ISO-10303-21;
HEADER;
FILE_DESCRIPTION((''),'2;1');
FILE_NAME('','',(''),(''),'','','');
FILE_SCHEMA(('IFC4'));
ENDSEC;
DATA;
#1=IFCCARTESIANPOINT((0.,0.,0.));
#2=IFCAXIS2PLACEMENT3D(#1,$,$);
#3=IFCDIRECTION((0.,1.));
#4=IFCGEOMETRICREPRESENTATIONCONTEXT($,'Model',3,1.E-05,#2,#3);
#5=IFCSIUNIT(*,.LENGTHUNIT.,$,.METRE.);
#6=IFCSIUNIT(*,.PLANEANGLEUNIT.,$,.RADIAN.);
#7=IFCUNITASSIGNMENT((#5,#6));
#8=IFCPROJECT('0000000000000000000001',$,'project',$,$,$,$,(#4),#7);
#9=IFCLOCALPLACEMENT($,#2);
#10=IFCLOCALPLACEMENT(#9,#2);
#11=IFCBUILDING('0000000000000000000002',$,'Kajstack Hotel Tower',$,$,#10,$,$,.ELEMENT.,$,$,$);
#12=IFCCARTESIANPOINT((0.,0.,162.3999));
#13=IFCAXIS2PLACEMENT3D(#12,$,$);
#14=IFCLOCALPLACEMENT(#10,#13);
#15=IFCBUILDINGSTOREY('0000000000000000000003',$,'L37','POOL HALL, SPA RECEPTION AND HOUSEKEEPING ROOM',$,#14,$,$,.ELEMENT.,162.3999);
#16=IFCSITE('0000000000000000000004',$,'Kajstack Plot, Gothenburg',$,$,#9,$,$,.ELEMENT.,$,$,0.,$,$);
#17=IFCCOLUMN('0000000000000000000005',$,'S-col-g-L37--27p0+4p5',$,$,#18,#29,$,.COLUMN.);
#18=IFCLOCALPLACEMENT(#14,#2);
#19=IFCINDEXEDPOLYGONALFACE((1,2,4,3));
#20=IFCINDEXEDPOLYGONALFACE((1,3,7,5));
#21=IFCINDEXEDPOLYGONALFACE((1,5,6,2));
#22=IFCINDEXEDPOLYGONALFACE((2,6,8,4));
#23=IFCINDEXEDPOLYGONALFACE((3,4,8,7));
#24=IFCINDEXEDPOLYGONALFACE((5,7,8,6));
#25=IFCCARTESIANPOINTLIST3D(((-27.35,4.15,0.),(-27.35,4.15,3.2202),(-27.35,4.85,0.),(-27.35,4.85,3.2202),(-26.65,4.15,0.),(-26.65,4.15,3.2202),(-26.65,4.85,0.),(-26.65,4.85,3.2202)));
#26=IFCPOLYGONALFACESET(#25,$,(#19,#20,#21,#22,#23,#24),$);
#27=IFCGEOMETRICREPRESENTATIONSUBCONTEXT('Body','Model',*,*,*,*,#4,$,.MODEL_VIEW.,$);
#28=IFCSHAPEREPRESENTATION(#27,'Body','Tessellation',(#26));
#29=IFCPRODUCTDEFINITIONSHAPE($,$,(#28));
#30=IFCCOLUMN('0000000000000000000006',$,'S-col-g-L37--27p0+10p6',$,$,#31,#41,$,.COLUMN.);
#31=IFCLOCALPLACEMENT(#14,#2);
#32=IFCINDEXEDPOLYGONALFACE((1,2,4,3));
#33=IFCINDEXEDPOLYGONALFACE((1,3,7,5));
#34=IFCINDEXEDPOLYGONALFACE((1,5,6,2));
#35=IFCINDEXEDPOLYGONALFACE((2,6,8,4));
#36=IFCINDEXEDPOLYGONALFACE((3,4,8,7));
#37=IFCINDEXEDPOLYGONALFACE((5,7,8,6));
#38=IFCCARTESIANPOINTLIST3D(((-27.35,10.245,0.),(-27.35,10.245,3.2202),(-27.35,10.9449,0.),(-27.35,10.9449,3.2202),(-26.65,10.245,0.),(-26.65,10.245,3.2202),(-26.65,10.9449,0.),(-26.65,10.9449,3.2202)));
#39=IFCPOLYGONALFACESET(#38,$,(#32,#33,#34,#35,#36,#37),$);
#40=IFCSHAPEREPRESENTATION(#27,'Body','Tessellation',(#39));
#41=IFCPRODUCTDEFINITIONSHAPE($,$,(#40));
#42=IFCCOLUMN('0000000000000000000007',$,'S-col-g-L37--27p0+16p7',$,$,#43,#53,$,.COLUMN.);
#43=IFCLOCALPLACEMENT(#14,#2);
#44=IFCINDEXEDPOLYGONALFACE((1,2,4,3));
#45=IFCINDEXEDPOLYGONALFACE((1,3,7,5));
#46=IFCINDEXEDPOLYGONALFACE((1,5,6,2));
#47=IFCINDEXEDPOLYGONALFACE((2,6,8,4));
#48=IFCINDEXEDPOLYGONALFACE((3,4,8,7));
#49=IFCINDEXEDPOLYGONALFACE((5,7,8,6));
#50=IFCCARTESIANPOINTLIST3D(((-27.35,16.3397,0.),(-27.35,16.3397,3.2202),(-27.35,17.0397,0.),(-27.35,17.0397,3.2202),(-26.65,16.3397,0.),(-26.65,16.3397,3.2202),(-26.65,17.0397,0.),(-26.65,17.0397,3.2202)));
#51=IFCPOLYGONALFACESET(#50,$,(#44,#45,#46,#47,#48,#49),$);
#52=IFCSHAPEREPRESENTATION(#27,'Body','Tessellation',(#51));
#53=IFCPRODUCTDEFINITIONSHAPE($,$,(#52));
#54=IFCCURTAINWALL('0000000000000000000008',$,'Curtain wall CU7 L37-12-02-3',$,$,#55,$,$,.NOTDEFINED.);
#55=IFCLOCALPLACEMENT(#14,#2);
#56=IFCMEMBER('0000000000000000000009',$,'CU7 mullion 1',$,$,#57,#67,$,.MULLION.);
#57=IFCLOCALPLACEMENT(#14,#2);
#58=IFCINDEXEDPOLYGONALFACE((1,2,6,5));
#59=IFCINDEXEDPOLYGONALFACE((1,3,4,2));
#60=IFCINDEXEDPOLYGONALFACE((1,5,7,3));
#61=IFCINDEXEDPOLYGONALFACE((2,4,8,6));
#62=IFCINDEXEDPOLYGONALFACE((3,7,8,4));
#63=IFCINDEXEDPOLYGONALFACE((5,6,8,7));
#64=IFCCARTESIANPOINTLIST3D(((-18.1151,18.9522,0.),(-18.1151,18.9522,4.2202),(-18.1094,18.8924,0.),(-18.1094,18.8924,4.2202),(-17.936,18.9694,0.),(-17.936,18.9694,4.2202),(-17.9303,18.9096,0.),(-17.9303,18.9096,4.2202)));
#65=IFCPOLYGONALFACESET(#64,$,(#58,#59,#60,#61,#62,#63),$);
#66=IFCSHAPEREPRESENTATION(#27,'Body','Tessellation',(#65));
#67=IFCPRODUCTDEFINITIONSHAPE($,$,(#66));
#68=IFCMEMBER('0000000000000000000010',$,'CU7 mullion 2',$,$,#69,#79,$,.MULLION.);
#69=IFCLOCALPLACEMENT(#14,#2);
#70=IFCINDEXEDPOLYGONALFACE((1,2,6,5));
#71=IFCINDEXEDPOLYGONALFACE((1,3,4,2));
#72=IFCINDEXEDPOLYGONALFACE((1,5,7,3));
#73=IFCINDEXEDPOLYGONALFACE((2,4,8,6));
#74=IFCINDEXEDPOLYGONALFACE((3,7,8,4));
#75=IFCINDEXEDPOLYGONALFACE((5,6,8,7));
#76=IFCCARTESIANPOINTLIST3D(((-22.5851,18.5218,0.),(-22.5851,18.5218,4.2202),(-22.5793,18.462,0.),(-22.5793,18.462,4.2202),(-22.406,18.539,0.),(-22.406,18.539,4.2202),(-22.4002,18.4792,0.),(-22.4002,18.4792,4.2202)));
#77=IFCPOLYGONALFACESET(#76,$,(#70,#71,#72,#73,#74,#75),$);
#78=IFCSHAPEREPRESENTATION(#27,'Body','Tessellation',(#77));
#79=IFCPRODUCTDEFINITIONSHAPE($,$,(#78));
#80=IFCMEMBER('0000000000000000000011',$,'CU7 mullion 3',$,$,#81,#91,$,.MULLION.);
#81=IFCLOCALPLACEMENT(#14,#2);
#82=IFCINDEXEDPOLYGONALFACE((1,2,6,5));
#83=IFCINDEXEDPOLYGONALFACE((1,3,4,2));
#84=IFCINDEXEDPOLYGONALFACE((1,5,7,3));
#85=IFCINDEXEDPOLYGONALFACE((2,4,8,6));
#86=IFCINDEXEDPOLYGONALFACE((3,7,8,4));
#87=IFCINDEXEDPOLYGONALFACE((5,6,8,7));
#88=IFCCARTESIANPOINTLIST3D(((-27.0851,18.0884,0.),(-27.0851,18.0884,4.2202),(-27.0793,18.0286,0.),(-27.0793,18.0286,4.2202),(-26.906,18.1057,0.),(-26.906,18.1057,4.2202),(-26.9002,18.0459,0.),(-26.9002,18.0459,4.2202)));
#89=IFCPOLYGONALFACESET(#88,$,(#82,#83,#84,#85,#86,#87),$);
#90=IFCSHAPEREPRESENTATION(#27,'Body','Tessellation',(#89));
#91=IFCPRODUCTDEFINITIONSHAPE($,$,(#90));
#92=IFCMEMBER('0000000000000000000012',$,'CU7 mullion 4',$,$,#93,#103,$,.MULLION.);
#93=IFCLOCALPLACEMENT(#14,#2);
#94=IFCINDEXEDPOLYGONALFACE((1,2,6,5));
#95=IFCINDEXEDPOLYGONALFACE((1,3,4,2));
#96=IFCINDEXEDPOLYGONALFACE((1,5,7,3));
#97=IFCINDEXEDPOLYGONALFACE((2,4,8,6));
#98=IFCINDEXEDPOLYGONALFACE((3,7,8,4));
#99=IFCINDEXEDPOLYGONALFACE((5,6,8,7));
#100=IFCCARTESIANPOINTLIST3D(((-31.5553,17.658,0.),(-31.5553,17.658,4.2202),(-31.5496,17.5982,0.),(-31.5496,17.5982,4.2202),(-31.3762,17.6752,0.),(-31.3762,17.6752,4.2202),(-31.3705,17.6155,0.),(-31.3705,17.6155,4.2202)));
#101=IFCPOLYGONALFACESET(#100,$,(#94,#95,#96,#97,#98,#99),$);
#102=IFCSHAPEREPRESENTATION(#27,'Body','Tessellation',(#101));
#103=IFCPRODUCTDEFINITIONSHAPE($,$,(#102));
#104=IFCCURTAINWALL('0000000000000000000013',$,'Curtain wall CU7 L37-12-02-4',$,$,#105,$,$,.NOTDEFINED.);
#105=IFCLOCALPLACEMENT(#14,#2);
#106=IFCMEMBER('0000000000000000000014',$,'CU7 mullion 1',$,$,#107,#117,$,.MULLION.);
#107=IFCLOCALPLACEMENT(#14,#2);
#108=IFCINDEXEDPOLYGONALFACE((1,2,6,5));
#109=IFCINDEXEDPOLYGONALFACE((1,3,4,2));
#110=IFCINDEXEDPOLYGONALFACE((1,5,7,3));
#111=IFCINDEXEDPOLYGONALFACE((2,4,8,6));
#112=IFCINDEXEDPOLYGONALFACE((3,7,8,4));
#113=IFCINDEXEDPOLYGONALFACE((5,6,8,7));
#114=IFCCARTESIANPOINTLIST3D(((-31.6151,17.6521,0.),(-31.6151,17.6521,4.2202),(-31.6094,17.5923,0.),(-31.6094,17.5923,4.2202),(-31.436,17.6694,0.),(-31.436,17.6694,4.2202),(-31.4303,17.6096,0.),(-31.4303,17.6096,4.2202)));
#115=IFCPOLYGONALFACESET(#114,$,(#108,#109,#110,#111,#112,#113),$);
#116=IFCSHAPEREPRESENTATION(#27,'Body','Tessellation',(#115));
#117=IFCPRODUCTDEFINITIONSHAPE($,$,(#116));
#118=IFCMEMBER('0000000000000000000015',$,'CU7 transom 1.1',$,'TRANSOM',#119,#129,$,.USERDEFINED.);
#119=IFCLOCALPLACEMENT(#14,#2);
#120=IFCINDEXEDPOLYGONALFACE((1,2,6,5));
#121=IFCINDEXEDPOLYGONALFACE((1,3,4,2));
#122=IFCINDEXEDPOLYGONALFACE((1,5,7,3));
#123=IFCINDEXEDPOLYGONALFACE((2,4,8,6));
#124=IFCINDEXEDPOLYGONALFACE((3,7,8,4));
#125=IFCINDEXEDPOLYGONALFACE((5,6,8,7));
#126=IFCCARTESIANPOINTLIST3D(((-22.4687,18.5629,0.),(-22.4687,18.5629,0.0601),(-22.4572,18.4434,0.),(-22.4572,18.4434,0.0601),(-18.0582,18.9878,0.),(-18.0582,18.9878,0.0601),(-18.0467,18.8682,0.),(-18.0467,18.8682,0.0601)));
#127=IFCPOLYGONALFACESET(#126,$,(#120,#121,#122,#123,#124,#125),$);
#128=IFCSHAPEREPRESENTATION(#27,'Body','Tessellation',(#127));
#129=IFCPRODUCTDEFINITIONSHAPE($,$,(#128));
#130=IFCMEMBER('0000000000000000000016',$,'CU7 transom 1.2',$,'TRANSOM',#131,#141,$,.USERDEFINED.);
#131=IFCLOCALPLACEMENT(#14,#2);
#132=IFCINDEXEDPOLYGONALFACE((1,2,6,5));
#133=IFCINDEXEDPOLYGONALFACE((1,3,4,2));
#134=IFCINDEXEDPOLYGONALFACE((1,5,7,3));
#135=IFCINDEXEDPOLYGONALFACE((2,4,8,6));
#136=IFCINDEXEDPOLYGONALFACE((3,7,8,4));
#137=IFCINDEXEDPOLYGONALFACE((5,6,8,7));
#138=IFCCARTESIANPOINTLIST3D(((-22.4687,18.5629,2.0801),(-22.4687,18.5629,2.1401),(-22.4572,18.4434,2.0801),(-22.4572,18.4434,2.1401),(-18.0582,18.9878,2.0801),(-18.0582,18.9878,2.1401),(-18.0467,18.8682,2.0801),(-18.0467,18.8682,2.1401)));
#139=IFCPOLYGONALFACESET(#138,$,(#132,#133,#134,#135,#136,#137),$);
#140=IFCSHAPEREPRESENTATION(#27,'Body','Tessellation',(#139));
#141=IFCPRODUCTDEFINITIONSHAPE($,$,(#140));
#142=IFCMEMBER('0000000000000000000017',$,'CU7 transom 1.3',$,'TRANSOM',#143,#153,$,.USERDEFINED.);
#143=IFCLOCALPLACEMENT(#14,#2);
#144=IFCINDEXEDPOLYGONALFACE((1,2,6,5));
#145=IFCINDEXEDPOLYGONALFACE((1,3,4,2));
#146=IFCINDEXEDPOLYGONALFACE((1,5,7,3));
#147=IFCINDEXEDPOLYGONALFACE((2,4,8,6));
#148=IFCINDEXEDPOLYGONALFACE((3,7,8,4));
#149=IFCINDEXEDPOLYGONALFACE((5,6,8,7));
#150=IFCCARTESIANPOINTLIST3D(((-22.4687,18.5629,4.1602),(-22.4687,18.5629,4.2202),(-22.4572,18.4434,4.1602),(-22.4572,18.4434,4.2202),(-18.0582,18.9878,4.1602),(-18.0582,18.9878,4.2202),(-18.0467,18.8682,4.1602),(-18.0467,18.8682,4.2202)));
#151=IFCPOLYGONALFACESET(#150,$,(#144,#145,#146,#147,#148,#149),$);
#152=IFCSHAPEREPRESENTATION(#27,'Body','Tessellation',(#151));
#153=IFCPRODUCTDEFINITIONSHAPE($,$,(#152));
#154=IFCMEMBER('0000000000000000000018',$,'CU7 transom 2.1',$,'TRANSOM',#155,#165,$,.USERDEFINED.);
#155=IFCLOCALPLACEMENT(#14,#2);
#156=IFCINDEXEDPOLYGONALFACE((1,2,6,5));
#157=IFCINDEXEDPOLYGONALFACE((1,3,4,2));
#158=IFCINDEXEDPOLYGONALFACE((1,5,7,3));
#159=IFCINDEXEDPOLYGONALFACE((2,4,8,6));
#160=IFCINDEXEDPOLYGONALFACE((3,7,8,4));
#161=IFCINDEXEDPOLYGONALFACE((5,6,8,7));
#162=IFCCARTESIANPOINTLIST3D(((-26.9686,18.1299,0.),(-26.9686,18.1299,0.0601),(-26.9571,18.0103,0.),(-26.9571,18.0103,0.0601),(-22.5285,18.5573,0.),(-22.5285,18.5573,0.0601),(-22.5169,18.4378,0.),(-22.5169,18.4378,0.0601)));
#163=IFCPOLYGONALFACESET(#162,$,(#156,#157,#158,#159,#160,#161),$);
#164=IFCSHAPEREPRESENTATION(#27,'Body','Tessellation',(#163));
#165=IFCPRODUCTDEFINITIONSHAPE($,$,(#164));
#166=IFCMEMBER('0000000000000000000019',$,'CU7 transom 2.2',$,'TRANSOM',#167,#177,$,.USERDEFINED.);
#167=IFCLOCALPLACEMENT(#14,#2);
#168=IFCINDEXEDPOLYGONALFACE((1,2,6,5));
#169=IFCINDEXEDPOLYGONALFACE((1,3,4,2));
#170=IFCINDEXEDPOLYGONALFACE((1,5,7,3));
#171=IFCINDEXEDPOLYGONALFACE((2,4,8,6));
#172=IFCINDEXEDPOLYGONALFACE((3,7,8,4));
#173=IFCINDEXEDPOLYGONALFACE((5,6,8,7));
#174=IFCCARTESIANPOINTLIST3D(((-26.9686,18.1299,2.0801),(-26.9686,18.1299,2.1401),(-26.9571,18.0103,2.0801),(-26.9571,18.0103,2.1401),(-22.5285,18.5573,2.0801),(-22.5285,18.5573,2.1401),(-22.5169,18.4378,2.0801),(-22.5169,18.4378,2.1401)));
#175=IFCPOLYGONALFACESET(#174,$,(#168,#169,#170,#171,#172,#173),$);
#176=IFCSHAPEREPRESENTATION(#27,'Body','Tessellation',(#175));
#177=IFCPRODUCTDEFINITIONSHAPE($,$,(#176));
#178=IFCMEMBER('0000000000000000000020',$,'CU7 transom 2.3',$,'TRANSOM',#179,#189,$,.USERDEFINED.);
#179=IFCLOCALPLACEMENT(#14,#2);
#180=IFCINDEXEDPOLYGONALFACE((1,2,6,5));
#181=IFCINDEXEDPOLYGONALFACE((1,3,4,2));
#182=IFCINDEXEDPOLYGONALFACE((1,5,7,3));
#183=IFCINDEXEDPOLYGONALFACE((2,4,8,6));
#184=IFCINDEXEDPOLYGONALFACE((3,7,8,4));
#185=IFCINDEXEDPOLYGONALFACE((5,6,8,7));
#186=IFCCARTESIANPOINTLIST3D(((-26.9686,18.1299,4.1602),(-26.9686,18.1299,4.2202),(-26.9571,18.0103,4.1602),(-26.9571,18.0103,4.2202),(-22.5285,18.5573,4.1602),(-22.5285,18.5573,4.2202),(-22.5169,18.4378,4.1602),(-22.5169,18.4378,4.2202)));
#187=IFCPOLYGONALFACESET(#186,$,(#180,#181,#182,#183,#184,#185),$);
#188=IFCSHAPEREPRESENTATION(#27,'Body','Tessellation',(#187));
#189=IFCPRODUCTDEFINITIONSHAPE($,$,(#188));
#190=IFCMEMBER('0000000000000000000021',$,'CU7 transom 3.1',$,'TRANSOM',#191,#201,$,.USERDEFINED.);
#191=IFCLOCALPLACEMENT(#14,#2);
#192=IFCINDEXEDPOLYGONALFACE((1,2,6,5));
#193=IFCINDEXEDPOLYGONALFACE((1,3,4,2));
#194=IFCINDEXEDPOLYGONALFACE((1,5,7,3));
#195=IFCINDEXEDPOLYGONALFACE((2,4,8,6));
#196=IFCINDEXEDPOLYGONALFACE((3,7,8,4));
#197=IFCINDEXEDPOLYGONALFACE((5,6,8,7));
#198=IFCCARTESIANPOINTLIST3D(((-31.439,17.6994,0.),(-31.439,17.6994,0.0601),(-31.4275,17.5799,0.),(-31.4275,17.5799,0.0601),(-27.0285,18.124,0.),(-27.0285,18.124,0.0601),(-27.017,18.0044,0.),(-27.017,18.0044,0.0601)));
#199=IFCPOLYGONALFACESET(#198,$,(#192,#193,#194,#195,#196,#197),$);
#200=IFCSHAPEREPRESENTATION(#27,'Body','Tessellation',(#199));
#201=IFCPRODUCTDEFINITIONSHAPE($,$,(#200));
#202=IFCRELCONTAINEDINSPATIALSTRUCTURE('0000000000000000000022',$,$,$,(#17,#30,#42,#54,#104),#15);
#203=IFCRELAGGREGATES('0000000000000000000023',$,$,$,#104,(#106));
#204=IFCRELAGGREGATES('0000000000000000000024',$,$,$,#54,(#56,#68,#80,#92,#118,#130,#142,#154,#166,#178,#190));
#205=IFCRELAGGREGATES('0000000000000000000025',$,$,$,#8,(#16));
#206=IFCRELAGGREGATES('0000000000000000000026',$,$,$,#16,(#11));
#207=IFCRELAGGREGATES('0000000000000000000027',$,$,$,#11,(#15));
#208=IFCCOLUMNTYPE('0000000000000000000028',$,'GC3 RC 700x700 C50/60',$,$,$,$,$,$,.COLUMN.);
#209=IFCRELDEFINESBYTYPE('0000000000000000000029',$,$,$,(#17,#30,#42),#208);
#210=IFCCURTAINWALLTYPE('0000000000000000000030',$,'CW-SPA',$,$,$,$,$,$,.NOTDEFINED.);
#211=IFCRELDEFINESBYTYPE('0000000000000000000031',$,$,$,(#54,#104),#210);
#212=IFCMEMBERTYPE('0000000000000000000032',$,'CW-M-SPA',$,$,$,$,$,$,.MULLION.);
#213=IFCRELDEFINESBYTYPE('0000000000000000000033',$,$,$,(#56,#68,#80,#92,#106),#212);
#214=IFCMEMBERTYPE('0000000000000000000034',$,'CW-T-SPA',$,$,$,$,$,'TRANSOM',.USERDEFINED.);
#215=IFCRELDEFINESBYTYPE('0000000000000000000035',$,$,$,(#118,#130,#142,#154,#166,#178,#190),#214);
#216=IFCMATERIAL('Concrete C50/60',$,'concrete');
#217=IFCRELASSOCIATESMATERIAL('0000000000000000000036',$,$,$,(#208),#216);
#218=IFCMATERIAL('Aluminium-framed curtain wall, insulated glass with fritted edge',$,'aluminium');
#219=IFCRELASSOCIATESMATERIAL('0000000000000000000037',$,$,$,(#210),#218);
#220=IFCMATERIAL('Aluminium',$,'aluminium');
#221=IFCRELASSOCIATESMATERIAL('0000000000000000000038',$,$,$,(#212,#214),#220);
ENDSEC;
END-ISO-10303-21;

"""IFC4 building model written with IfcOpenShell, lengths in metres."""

from ifc_helpers import new_model, si_unit, direction, frame, origin, origin_2d, place, context, subcontext, project, spatial, rectangle, extrude, material, material_profile, profile_set, type_object, element, aggregate, save


model = new_model("IFC4")

# Units and contexts
model_context = context("Model", 3, precision=1e-05, world=origin(), true_north=direction((0.0, 1.0)))
body_context = subcontext(model_context, "Body", "Model", "MODEL_VIEW")
ifc_project = project(units=[si_unit("LENGTHUNIT", "METRE"), si_unit("PLANEANGLEUNIT", "RADIAN")], contexts=[model_context])

# Site, building, storey
site_placement = place(None, origin())
site = spatial("IfcSite", under=ifc_project, at=site_placement, Name="Kajstack Plot, Gothenburg", CompositionType="ELEMENT", RefElevation=0.0)
building_placement = place(site_placement, origin())
building = spatial("IfcBuilding", under=site, at=building_placement, Name="Kajstack Hotel Tower", CompositionType="ELEMENT")
storey_placement = place(building_placement, frame((0.0, 0.0, 162.3999)))
storey = spatial("IfcBuildingStorey", under=building, at=storey_placement, Name="L37", Description="POOL HALL, SPA RECEPTION AND HOUSEKEEPING ROOM", CompositionType="ELEMENT", Elevation=162.3999)

# Columns
ifc_material_1 = material(Name="Concrete C50/60", Category="concrete")
ifc_material_profile_1 = material_profile(ifc_material_1, rectangle(XDim=0.7, YDim=0.7, at=origin_2d()), Name="RC 700x700")
ifc_profile_set_1 = profile_set([ifc_material_profile_1], Name="Concrete C50/60")
column_type = type_object("IfcColumnType", Name="GC3 RC 700x700 C50/60", PredefinedType="COLUMN", material=ifc_profile_set_1)
for number, where, z_axis, x_axis, name in (
    (1, (-27.0, 4.5, 0.0), (0.0, 0.0, 1.0), (1.0, 0.0, 0.0), "S-col-g-L37--27p0+4p5"),
    (2, (-27.0, 10.595, 0.0), (0.0, 0.0, 1.0), (1.0, 0.0, 0.0), "S-col-g-L37--27p0+10p6"),
    (3, (-27.0, 16.6897, 0.0), (0.0, 0.0, 1.0), (1.0, 0.0, 0.0), "S-col-g-L37--27p0+16p7"),
):
    element("IfcColumn", number, at=place(storey_placement, frame(where, z_axis=z_axis, x_axis=x_axis)), inside=storey, type_object=column_type, Name=name, PredefinedType="COLUMN", context=body_context, shape_type="SweptSolid", body=[
        extrude(rectangle(XDim=0.7, YDim=0.7, at=origin_2d()), origin(), (0.0, 0.0, 1.0), 3.2202),
    ])

# Curtain wall, members
ifc_material_2 = material(Name="Aluminium-framed curtain wall, insulated glass with fritted edge", Category="aluminium")
curtain_wall_type = type_object("IfcCurtainWallType", Name="CW-SPA", PredefinedType="NOTDEFINED", material=ifc_material_2)
curtain_wall_1_placement = place(storey_placement, origin())
curtain_wall_1 = element("IfcCurtainWall", 4, at=curtain_wall_1_placement, inside=storey, type_object=curtain_wall_type, Name="Curtain wall CU7 L37-12-02-3", PredefinedType="NOTDEFINED")
ifc_material_3 = material(Name="Aluminium", Category="aluminium")
ifc_material_profile_2 = material_profile(ifc_material_3, rectangle(XDim=0.0601, YDim=0.1799, at=origin_2d()), Name="Aluminium mullion 60 x 180")
ifc_profile_set_2 = profile_set([ifc_material_profile_2], Name="Aluminium")
member_type_1 = type_object("IfcMemberType", Name="CW-M-SPA", PredefinedType="MULLION", material=ifc_profile_set_2)
member_1_placement = place(storey_placement, frame((-18.0227, 18.9309, 0.0), z_axis=(0.0, 0.0, 1.0), x_axis=(0.095845, -0.995396, 0.0)))
member_1 = element("IfcMember", 5, at=member_1_placement, type_object=member_type_1, Name="CU7 mullion 1", PredefinedType="MULLION", context=body_context, shape_type="SweptSolid", body=[
    extrude(rectangle(XDim=0.0601, YDim=0.1799, at=origin_2d()), origin(), (0.0, 0.0, 1.0), 4.2202),
])
member_2_placement = place(storey_placement, frame((-22.4927, 18.5005, 0.0), z_axis=(0.0, 0.0, 1.0), x_axis=(0.095845, -0.995396, 0.0)))
member_2 = element("IfcMember", 6, at=member_2_placement, type_object=member_type_1, Name="CU7 mullion 2", PredefinedType="MULLION", context=body_context, shape_type="SweptSolid", body=[
    extrude(rectangle(XDim=0.0601, YDim=0.1799, at=origin_2d()), origin(), (0.0, 0.0, 1.0), 4.2202),
])
member_3_placement = place(storey_placement, frame((-26.9927, 18.0671, 0.0), z_axis=(0.0, 0.0, 1.0), x_axis=(0.095845, -0.995396, 0.0)))
member_3 = element("IfcMember", 7, at=member_3_placement, type_object=member_type_1, Name="CU7 mullion 3", PredefinedType="MULLION", context=body_context, shape_type="SweptSolid", body=[
    extrude(rectangle(XDim=0.0601, YDim=0.1799, at=origin_2d()), origin(), (0.0, 0.0, 1.0), 4.2202),
])
member_4_placement = place(storey_placement, frame((-31.4629, 17.6367, 0.0), z_axis=(0.0, 0.0, 1.0), x_axis=(0.095845, -0.995396, 0.0)))
member_4 = element("IfcMember", 8, at=member_4_placement, type_object=member_type_1, Name="CU7 mullion 4", PredefinedType="MULLION", context=body_context, shape_type="SweptSolid", body=[
    extrude(rectangle(XDim=0.0601, YDim=0.1799, at=origin_2d()), origin(), (0.0, 0.0, 1.0), 4.2202),
])

# Curtain wall, member
curtain_wall_2_placement = place(storey_placement, origin())
curtain_wall_2 = element("IfcCurtainWall", 9, at=curtain_wall_2_placement, inside=storey, type_object=curtain_wall_type, Name="Curtain wall CU7 L37-12-02-4", PredefinedType="NOTDEFINED")
member_5_placement = place(storey_placement, frame((-31.5227, 17.6309, 0.0), z_axis=(0.0, 0.0, 1.0), x_axis=(0.095845, -0.995396, 0.0)))
member_5 = element("IfcMember", 10, at=member_5_placement, type_object=member_type_1, Name="CU7 mullion 1", PredefinedType="MULLION", context=body_context, shape_type="SweptSolid", body=[
    extrude(rectangle(XDim=0.0601, YDim=0.1799, at=origin_2d()), origin(), (0.0, 0.0, 1.0), 4.2202),
])

# Members
ifc_material_profile_3 = material_profile(ifc_material_3, rectangle(XDim=0.1201, YDim=0.0601, at=origin_2d()), Name="Aluminium transom 120 x 60")
ifc_profile_set_3 = profile_set([ifc_material_profile_3], Name="Aluminium")
member_type_2 = type_object("IfcMemberType", Name="CW-T-SPA", ElementType="TRANSOM", PredefinedType="USERDEFINED", material=ifc_profile_set_3)
member_6_placement = place(storey_placement, frame((-18.0525, 18.928, 0.03), z_axis=(-0.995393, -0.095875, 0.0), x_axis=(0.095875, -0.995393, 0.0)))
member_6 = element("IfcMember", 11, at=member_6_placement, type_object=member_type_2, Name="CU7 transom 1.1", ObjectType="TRANSOM", PredefinedType="USERDEFINED", context=body_context, shape_type="SweptSolid", body=[
    extrude(rectangle(XDim=0.1201, YDim=0.0601, at=origin_2d()), origin(), (0.0, 0.0, 1.0), 4.4309),
])
member_7_placement = place(storey_placement, frame((-18.0525, 18.928, 2.1101), z_axis=(-0.995393, -0.095875, 0.0), x_axis=(0.095875, -0.995393, 0.0)))
member_7 = element("IfcMember", 12, at=member_7_placement, type_object=member_type_2, Name="CU7 transom 1.2", ObjectType="TRANSOM", PredefinedType="USERDEFINED", context=body_context, shape_type="SweptSolid", body=[
    extrude(rectangle(XDim=0.1201, YDim=0.0601, at=origin_2d()), origin(), (0.0, 0.0, 1.0), 4.4309),
])
member_8_placement = place(storey_placement, frame((-18.0525, 18.928, 4.1902), z_axis=(-0.995393, -0.095875, 0.0), x_axis=(0.095875, -0.995393, 0.0)))
member_8 = element("IfcMember", 13, at=member_8_placement, type_object=member_type_2, Name="CU7 transom 1.3", ObjectType="TRANSOM", PredefinedType="USERDEFINED", context=body_context, shape_type="SweptSolid", body=[
    extrude(rectangle(XDim=0.1201, YDim=0.0601, at=origin_2d()), origin(), (0.0, 0.0, 1.0), 4.4309),
])
member_9_placement = place(storey_placement, frame((-22.5227, 18.4976, 0.03), z_axis=(-0.995397, -0.095834, 0.0), x_axis=(0.095834, -0.995397, 0.0)))
member_9 = element("IfcMember", 14, at=member_9_placement, type_object=member_type_2, Name="CU7 transom 2.1", ObjectType="TRANSOM", PredefinedType="USERDEFINED", context=body_context, shape_type="SweptSolid", body=[
    extrude(rectangle(XDim=0.1201, YDim=0.0601, at=origin_2d()), origin(), (0.0, 0.0, 1.0), 4.4607),
])
member_10_placement = place(storey_placement, frame((-22.5227, 18.4976, 2.1101), z_axis=(-0.995397, -0.095834, 0.0), x_axis=(0.095834, -0.995397, 0.0)))
member_10 = element("IfcMember", 15, at=member_10_placement, type_object=member_type_2, Name="CU7 transom 2.2", ObjectType="TRANSOM", PredefinedType="USERDEFINED", context=body_context, shape_type="SweptSolid", body=[
    extrude(rectangle(XDim=0.1201, YDim=0.0601, at=origin_2d()), origin(), (0.0, 0.0, 1.0), 4.4607),
])
member_11_placement = place(storey_placement, frame((-22.5227, 18.4976, 4.1902), z_axis=(-0.995397, -0.095834, 0.0), x_axis=(0.095834, -0.995397, 0.0)))
member_11 = element("IfcMember", 16, at=member_11_placement, type_object=member_type_2, Name="CU7 transom 2.3", ObjectType="TRANSOM", PredefinedType="USERDEFINED", context=body_context, shape_type="SweptSolid", body=[
    extrude(rectangle(XDim=0.1201, YDim=0.0601, at=origin_2d()), origin(), (0.0, 0.0, 1.0), 4.4607),
])
member_12_placement = place(storey_placement, frame((-27.0227, 18.0642, 0.03), z_axis=(-0.995399, -0.095821, 0.0), x_axis=(0.095821, -0.995399, 0.0)))
member_12 = element("IfcMember", 17, at=member_12_placement, type_object=member_type_2, Name="CU7 transom 3.1", ObjectType="TRANSOM", PredefinedType="USERDEFINED", context=body_context, shape_type="SweptSolid", body=[
    extrude(rectangle(XDim=0.1201, YDim=0.0601, at=origin_2d()), origin(), (0.0, 0.0, 1.0), 4.4309),
])
aggregate(curtain_wall_2, [member_5])

aggregate(curtain_wall_1, [member_1, member_2, member_3, member_4, member_6, member_7, member_8, member_9, member_10, member_11, member_12])

save(model, "model.ifc")
